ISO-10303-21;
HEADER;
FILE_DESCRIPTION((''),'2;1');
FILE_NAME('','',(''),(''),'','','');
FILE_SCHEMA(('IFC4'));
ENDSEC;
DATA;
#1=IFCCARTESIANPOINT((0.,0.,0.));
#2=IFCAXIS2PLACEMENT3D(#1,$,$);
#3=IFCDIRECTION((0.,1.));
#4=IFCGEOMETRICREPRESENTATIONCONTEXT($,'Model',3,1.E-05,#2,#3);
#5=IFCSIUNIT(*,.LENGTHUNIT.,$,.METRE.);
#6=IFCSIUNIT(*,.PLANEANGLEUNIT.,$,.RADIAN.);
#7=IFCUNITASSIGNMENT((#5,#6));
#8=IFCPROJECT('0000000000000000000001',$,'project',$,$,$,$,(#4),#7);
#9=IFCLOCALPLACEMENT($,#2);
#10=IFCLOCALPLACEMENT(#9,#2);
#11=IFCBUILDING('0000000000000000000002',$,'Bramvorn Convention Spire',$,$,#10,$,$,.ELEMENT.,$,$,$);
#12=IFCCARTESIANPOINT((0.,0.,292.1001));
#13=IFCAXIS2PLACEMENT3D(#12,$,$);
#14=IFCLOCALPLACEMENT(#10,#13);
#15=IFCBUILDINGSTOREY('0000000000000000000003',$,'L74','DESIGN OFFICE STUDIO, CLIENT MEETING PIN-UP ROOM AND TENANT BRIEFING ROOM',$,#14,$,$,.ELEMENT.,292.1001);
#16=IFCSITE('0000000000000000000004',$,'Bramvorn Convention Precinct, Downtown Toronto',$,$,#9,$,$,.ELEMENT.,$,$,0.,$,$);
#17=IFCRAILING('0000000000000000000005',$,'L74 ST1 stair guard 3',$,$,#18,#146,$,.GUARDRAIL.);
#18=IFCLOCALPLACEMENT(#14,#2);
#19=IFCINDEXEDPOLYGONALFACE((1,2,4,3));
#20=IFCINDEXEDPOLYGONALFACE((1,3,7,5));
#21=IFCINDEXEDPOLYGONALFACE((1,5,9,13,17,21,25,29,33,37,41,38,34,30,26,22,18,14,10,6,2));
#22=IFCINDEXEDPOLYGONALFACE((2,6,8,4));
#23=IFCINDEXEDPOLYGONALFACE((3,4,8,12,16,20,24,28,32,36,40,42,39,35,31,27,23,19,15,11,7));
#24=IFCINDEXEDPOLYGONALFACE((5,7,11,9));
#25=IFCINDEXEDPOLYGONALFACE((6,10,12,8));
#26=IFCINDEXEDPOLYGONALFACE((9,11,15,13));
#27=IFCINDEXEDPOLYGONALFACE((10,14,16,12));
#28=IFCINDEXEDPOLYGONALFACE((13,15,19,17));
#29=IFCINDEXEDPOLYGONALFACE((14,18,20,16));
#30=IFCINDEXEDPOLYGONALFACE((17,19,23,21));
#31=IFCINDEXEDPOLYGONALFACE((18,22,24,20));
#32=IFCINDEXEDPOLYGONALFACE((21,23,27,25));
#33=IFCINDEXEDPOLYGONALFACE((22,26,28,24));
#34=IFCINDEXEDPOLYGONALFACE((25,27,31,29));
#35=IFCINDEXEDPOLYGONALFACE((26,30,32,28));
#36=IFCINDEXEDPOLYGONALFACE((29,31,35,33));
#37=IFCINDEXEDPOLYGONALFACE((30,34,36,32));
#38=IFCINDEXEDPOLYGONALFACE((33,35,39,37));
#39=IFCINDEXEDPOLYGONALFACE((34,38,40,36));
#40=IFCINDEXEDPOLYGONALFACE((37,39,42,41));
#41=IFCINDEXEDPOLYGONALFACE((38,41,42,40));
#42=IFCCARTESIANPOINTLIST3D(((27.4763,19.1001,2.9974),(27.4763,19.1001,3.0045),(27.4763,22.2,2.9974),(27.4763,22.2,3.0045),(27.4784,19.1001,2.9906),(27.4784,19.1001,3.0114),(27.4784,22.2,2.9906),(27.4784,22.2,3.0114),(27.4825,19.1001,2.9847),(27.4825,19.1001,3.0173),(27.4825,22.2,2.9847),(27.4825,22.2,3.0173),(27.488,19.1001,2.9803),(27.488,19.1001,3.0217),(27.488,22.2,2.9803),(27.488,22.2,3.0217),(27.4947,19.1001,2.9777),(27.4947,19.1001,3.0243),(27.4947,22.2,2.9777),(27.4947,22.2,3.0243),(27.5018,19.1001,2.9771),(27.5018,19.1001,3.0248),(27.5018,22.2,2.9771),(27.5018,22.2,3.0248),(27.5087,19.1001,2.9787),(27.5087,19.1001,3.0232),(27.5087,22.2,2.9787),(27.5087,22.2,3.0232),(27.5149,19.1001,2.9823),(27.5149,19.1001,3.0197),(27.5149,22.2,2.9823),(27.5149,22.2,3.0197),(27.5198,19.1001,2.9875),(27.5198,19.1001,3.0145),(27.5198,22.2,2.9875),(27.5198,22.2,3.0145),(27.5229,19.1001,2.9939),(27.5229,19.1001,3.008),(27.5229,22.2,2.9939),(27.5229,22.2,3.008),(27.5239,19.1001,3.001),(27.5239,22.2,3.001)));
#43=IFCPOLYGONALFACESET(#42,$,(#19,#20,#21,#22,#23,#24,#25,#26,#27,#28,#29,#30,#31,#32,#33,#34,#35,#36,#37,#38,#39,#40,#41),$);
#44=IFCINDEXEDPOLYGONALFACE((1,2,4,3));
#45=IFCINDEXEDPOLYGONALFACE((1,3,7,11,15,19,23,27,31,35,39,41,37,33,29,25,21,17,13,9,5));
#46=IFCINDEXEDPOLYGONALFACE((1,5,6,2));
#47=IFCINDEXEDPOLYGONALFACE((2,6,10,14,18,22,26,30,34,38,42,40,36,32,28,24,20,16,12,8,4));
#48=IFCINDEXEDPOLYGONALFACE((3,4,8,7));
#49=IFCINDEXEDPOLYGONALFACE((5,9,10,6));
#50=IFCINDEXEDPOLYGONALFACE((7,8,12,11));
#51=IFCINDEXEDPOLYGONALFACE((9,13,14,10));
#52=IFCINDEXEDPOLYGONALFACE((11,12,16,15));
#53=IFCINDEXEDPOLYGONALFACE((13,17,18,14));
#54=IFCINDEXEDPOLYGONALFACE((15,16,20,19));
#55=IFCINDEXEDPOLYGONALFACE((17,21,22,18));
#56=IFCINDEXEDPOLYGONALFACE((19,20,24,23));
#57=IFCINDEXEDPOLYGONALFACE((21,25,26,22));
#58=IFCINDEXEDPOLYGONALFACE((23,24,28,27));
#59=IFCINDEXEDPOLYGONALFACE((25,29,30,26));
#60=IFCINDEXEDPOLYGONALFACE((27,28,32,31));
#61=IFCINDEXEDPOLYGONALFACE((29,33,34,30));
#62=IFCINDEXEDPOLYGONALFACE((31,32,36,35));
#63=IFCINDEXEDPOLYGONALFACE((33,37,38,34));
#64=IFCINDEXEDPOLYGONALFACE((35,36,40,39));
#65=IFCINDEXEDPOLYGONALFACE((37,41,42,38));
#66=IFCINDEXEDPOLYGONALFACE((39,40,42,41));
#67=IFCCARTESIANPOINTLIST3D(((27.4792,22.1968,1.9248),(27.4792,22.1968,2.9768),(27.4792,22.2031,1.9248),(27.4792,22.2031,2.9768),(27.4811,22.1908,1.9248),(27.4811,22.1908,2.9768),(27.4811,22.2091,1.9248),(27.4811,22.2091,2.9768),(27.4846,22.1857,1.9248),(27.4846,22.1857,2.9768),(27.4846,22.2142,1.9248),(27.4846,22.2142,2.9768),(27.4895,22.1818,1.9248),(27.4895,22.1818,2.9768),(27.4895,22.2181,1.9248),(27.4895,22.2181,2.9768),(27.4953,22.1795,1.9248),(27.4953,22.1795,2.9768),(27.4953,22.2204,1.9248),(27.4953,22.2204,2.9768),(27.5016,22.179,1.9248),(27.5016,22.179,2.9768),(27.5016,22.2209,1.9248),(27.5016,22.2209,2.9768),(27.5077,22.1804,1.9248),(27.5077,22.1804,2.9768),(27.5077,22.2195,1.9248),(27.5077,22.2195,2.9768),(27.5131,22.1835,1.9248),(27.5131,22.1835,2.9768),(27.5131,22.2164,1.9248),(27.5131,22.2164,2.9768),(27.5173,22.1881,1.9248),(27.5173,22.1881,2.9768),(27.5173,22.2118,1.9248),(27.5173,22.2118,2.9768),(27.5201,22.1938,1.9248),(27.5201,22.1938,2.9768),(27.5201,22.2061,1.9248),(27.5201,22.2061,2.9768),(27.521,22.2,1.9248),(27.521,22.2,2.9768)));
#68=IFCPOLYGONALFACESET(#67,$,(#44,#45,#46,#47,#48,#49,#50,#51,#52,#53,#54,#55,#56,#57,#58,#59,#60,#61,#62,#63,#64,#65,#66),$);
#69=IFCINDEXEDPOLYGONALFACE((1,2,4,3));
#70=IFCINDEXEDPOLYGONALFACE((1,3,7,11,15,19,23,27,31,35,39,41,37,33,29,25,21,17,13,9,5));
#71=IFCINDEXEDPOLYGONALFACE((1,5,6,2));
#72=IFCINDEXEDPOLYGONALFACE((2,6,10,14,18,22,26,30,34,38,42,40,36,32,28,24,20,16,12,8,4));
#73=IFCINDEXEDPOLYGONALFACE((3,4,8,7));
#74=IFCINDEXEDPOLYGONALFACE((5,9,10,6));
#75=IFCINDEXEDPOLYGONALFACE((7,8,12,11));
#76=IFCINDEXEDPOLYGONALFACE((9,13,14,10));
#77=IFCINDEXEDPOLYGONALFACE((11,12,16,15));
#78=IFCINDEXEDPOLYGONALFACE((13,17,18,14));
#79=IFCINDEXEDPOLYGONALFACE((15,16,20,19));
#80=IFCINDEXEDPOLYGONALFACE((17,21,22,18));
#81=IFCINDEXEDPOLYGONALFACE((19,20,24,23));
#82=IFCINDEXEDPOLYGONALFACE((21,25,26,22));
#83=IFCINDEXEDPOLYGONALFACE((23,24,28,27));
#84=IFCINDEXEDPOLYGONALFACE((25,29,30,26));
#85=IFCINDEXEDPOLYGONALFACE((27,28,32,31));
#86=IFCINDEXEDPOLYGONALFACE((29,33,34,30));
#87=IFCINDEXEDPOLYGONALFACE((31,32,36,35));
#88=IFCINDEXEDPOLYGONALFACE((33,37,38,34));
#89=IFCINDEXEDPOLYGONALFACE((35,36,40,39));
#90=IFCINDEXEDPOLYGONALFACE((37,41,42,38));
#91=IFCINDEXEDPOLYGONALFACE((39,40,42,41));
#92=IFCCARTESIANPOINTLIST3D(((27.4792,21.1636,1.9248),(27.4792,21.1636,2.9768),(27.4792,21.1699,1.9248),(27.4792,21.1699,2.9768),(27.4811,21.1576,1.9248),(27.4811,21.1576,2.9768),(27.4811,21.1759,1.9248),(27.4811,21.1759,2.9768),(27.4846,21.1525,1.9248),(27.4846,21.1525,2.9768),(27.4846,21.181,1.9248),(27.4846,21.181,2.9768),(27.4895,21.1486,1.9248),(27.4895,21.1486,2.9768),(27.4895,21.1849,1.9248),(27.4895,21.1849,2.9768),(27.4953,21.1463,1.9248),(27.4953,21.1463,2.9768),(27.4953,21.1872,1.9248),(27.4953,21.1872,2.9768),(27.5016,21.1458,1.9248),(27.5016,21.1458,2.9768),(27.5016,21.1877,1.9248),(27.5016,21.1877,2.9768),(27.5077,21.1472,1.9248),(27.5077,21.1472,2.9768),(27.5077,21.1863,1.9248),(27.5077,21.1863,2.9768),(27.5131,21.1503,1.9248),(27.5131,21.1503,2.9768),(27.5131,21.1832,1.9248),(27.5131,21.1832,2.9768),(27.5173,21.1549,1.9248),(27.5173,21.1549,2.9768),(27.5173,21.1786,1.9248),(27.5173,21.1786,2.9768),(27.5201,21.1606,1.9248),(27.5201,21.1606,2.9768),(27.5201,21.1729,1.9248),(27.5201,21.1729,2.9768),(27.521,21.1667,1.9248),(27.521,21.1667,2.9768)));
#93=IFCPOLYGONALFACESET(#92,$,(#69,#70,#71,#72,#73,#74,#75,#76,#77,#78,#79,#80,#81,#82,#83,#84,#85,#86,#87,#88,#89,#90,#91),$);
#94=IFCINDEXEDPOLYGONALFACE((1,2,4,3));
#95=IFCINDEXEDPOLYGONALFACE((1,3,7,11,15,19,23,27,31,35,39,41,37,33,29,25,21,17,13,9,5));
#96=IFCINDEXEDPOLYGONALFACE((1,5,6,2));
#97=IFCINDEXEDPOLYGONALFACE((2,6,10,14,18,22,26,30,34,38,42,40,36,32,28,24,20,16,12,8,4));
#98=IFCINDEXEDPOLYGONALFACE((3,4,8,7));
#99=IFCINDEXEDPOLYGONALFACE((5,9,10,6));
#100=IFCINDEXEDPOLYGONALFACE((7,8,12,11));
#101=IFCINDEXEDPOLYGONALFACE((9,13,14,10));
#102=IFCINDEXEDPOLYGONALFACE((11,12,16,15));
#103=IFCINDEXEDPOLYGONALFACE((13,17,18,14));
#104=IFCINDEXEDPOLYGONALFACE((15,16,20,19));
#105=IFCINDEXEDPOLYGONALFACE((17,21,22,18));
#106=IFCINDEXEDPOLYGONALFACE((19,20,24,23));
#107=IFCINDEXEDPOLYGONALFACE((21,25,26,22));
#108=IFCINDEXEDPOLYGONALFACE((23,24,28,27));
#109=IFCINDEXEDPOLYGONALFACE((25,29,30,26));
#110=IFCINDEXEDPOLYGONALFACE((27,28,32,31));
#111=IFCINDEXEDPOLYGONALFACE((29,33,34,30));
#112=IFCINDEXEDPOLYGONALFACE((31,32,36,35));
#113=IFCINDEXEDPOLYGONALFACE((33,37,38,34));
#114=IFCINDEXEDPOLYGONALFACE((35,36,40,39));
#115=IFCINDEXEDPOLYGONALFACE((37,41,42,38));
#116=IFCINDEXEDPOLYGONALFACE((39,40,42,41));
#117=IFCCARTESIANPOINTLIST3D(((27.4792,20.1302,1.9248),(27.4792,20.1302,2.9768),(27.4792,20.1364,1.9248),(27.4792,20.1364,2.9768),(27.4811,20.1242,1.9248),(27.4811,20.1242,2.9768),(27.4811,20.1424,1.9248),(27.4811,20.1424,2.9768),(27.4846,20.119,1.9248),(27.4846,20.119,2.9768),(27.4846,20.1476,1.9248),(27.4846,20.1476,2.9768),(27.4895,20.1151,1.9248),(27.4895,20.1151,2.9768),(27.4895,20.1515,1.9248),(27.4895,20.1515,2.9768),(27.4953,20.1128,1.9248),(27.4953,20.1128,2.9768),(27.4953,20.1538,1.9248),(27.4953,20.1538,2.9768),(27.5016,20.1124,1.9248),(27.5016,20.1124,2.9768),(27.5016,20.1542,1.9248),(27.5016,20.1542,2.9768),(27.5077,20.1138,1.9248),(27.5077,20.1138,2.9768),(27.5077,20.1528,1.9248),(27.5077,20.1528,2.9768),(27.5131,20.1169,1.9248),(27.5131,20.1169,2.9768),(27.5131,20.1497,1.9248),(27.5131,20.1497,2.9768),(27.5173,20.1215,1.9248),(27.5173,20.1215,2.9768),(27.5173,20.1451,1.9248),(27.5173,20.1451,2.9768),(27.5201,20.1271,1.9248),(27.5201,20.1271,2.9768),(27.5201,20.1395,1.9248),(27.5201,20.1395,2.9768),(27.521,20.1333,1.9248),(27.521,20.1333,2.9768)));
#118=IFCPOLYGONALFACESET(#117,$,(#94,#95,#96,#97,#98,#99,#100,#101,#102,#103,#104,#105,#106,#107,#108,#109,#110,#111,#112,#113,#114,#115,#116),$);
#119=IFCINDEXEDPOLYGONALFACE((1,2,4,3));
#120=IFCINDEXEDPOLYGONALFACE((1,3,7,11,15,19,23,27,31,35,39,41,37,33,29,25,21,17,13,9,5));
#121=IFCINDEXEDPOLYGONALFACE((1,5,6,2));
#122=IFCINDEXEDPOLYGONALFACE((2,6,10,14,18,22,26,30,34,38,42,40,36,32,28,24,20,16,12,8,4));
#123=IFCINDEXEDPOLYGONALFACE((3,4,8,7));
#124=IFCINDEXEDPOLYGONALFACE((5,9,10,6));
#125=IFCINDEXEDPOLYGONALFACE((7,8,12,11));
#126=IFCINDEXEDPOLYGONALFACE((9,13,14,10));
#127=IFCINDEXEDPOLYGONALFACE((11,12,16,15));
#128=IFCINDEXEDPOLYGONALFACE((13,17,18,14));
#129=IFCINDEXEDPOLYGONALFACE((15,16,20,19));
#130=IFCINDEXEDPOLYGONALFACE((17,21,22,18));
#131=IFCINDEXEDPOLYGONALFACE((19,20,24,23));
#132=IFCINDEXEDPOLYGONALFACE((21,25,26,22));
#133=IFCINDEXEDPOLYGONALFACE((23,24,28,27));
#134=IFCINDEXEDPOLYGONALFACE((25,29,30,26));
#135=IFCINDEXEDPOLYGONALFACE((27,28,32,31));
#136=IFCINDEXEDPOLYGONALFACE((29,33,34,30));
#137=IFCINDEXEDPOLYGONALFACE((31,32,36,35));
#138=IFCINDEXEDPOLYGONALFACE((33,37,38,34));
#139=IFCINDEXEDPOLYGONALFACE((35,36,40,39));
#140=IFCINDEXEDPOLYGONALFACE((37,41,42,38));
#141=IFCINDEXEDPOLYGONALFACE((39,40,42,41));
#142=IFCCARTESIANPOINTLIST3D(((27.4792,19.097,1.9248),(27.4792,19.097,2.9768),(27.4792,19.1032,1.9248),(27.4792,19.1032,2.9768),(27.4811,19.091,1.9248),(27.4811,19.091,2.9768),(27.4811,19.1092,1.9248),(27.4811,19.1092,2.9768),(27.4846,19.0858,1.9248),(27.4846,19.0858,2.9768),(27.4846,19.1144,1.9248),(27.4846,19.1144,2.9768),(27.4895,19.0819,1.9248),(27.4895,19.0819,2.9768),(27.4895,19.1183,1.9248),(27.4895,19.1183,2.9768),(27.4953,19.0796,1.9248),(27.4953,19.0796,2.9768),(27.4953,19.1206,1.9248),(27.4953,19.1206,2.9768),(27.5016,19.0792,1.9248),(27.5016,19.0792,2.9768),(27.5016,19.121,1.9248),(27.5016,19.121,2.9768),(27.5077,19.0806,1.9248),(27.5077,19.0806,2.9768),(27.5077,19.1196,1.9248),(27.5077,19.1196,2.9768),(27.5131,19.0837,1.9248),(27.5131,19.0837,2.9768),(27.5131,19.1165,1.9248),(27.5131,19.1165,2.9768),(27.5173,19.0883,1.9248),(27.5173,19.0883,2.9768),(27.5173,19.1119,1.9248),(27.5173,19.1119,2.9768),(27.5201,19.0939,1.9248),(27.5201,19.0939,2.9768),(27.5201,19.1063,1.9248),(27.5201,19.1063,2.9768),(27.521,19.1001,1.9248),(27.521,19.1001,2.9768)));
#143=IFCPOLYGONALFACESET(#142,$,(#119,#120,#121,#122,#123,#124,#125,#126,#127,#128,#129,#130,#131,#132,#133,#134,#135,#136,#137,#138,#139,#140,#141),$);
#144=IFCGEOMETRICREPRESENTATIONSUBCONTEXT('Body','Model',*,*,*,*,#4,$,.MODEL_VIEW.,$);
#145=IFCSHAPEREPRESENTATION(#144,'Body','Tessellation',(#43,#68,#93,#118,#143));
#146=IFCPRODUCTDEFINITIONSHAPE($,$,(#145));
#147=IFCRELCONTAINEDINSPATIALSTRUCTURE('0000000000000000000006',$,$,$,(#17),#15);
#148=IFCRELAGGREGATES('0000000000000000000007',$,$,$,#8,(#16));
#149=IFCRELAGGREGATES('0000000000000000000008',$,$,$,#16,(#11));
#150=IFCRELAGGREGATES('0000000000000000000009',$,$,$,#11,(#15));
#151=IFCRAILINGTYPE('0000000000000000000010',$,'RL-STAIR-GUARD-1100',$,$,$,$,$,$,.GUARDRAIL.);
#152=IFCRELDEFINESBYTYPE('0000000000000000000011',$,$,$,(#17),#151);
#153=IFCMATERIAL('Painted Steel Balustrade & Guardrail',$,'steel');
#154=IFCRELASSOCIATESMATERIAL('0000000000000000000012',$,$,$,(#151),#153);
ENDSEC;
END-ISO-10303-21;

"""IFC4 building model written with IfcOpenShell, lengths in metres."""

from ifc_helpers import new_model, si_unit, direction, frame, origin, origin_2d, place, context, subcontext, project, spatial, circle, extrude, material, type_object, element, save


model = new_model("IFC4")

# Units and contexts
model_context = context("Model", 3, precision=1e-05, world=origin(), true_north=direction((0.0, 1.0)))
body_context = subcontext(model_context, "Body", "Model", "MODEL_VIEW")
ifc_project = project(units=[si_unit("LENGTHUNIT", "METRE"), si_unit("PLANEANGLEUNIT", "RADIAN")], contexts=[model_context])

# Site, building, storey
site_placement = place(None, origin())
site = spatial("IfcSite", under=ifc_project, at=site_placement, Name="Bramvorn Convention Precinct, Downtown Toronto", CompositionType="ELEMENT", RefElevation=0.0)
building_placement = place(site_placement, origin())
building = spatial("IfcBuilding", under=site, at=building_placement, Name="Bramvorn Convention Spire", CompositionType="ELEMENT")
storey_placement = place(building_placement, frame((0.0, 0.0, 292.1001)))
storey = spatial("IfcBuildingStorey", under=building, at=storey_placement, Name="L74", Description="DESIGN OFFICE STUDIO, CLIENT MEETING PIN-UP ROOM AND TENANT BRIEFING ROOM", CompositionType="ELEMENT", Elevation=292.1001)

# Railing
ifc_material_1 = material(Name="Painted Steel Balustrade & Guardrail", Category="steel")
railing_type_1 = type_object("IfcRailingType", Name="RL-STAIR-GUARD-1100", PredefinedType="GUARDRAIL", material=ifc_material_1)
for number, where, name in (
    (1, (27.5, 22.2, 1.9248), "L74 ST1 stair guard 3"),
):
    element("IfcRailing", number, at=place(storey_placement, frame(where)), inside=storey, type_object=railing_type_1, Name=name, PredefinedType="GUARDRAIL", context=body_context, shape_type="SweptSolid", body=[
        extrude(circle(Radius=0.0239, at=origin_2d()), frame((0.0, 0.0, 1.0762), z_axis=(0.0, -1.0, 0.0), x_axis=(1.0, 0.0, 0.0)), (0.0, 0.0, 1.0), 3.0999),
        extrude(circle(Radius=0.021, at=origin_2d()), origin(), (0.0, 0.0, 1.0), 1.052),
        extrude(circle(Radius=0.021, at=origin_2d()), frame((0.0, -1.0332, 0.0)), (0.0, 0.0, 1.0), 1.052),
        extrude(circle(Radius=0.021, at=origin_2d()), frame((0.0, -2.0667, 0.0)), (0.0, 0.0, 1.0), 1.052),
        extrude(circle(Radius=0.021, at=origin_2d()), frame((0.0, -3.0999, 0.0)), (0.0, 0.0, 1.0), 1.052),
    ])

save(model, "model.ifc")
